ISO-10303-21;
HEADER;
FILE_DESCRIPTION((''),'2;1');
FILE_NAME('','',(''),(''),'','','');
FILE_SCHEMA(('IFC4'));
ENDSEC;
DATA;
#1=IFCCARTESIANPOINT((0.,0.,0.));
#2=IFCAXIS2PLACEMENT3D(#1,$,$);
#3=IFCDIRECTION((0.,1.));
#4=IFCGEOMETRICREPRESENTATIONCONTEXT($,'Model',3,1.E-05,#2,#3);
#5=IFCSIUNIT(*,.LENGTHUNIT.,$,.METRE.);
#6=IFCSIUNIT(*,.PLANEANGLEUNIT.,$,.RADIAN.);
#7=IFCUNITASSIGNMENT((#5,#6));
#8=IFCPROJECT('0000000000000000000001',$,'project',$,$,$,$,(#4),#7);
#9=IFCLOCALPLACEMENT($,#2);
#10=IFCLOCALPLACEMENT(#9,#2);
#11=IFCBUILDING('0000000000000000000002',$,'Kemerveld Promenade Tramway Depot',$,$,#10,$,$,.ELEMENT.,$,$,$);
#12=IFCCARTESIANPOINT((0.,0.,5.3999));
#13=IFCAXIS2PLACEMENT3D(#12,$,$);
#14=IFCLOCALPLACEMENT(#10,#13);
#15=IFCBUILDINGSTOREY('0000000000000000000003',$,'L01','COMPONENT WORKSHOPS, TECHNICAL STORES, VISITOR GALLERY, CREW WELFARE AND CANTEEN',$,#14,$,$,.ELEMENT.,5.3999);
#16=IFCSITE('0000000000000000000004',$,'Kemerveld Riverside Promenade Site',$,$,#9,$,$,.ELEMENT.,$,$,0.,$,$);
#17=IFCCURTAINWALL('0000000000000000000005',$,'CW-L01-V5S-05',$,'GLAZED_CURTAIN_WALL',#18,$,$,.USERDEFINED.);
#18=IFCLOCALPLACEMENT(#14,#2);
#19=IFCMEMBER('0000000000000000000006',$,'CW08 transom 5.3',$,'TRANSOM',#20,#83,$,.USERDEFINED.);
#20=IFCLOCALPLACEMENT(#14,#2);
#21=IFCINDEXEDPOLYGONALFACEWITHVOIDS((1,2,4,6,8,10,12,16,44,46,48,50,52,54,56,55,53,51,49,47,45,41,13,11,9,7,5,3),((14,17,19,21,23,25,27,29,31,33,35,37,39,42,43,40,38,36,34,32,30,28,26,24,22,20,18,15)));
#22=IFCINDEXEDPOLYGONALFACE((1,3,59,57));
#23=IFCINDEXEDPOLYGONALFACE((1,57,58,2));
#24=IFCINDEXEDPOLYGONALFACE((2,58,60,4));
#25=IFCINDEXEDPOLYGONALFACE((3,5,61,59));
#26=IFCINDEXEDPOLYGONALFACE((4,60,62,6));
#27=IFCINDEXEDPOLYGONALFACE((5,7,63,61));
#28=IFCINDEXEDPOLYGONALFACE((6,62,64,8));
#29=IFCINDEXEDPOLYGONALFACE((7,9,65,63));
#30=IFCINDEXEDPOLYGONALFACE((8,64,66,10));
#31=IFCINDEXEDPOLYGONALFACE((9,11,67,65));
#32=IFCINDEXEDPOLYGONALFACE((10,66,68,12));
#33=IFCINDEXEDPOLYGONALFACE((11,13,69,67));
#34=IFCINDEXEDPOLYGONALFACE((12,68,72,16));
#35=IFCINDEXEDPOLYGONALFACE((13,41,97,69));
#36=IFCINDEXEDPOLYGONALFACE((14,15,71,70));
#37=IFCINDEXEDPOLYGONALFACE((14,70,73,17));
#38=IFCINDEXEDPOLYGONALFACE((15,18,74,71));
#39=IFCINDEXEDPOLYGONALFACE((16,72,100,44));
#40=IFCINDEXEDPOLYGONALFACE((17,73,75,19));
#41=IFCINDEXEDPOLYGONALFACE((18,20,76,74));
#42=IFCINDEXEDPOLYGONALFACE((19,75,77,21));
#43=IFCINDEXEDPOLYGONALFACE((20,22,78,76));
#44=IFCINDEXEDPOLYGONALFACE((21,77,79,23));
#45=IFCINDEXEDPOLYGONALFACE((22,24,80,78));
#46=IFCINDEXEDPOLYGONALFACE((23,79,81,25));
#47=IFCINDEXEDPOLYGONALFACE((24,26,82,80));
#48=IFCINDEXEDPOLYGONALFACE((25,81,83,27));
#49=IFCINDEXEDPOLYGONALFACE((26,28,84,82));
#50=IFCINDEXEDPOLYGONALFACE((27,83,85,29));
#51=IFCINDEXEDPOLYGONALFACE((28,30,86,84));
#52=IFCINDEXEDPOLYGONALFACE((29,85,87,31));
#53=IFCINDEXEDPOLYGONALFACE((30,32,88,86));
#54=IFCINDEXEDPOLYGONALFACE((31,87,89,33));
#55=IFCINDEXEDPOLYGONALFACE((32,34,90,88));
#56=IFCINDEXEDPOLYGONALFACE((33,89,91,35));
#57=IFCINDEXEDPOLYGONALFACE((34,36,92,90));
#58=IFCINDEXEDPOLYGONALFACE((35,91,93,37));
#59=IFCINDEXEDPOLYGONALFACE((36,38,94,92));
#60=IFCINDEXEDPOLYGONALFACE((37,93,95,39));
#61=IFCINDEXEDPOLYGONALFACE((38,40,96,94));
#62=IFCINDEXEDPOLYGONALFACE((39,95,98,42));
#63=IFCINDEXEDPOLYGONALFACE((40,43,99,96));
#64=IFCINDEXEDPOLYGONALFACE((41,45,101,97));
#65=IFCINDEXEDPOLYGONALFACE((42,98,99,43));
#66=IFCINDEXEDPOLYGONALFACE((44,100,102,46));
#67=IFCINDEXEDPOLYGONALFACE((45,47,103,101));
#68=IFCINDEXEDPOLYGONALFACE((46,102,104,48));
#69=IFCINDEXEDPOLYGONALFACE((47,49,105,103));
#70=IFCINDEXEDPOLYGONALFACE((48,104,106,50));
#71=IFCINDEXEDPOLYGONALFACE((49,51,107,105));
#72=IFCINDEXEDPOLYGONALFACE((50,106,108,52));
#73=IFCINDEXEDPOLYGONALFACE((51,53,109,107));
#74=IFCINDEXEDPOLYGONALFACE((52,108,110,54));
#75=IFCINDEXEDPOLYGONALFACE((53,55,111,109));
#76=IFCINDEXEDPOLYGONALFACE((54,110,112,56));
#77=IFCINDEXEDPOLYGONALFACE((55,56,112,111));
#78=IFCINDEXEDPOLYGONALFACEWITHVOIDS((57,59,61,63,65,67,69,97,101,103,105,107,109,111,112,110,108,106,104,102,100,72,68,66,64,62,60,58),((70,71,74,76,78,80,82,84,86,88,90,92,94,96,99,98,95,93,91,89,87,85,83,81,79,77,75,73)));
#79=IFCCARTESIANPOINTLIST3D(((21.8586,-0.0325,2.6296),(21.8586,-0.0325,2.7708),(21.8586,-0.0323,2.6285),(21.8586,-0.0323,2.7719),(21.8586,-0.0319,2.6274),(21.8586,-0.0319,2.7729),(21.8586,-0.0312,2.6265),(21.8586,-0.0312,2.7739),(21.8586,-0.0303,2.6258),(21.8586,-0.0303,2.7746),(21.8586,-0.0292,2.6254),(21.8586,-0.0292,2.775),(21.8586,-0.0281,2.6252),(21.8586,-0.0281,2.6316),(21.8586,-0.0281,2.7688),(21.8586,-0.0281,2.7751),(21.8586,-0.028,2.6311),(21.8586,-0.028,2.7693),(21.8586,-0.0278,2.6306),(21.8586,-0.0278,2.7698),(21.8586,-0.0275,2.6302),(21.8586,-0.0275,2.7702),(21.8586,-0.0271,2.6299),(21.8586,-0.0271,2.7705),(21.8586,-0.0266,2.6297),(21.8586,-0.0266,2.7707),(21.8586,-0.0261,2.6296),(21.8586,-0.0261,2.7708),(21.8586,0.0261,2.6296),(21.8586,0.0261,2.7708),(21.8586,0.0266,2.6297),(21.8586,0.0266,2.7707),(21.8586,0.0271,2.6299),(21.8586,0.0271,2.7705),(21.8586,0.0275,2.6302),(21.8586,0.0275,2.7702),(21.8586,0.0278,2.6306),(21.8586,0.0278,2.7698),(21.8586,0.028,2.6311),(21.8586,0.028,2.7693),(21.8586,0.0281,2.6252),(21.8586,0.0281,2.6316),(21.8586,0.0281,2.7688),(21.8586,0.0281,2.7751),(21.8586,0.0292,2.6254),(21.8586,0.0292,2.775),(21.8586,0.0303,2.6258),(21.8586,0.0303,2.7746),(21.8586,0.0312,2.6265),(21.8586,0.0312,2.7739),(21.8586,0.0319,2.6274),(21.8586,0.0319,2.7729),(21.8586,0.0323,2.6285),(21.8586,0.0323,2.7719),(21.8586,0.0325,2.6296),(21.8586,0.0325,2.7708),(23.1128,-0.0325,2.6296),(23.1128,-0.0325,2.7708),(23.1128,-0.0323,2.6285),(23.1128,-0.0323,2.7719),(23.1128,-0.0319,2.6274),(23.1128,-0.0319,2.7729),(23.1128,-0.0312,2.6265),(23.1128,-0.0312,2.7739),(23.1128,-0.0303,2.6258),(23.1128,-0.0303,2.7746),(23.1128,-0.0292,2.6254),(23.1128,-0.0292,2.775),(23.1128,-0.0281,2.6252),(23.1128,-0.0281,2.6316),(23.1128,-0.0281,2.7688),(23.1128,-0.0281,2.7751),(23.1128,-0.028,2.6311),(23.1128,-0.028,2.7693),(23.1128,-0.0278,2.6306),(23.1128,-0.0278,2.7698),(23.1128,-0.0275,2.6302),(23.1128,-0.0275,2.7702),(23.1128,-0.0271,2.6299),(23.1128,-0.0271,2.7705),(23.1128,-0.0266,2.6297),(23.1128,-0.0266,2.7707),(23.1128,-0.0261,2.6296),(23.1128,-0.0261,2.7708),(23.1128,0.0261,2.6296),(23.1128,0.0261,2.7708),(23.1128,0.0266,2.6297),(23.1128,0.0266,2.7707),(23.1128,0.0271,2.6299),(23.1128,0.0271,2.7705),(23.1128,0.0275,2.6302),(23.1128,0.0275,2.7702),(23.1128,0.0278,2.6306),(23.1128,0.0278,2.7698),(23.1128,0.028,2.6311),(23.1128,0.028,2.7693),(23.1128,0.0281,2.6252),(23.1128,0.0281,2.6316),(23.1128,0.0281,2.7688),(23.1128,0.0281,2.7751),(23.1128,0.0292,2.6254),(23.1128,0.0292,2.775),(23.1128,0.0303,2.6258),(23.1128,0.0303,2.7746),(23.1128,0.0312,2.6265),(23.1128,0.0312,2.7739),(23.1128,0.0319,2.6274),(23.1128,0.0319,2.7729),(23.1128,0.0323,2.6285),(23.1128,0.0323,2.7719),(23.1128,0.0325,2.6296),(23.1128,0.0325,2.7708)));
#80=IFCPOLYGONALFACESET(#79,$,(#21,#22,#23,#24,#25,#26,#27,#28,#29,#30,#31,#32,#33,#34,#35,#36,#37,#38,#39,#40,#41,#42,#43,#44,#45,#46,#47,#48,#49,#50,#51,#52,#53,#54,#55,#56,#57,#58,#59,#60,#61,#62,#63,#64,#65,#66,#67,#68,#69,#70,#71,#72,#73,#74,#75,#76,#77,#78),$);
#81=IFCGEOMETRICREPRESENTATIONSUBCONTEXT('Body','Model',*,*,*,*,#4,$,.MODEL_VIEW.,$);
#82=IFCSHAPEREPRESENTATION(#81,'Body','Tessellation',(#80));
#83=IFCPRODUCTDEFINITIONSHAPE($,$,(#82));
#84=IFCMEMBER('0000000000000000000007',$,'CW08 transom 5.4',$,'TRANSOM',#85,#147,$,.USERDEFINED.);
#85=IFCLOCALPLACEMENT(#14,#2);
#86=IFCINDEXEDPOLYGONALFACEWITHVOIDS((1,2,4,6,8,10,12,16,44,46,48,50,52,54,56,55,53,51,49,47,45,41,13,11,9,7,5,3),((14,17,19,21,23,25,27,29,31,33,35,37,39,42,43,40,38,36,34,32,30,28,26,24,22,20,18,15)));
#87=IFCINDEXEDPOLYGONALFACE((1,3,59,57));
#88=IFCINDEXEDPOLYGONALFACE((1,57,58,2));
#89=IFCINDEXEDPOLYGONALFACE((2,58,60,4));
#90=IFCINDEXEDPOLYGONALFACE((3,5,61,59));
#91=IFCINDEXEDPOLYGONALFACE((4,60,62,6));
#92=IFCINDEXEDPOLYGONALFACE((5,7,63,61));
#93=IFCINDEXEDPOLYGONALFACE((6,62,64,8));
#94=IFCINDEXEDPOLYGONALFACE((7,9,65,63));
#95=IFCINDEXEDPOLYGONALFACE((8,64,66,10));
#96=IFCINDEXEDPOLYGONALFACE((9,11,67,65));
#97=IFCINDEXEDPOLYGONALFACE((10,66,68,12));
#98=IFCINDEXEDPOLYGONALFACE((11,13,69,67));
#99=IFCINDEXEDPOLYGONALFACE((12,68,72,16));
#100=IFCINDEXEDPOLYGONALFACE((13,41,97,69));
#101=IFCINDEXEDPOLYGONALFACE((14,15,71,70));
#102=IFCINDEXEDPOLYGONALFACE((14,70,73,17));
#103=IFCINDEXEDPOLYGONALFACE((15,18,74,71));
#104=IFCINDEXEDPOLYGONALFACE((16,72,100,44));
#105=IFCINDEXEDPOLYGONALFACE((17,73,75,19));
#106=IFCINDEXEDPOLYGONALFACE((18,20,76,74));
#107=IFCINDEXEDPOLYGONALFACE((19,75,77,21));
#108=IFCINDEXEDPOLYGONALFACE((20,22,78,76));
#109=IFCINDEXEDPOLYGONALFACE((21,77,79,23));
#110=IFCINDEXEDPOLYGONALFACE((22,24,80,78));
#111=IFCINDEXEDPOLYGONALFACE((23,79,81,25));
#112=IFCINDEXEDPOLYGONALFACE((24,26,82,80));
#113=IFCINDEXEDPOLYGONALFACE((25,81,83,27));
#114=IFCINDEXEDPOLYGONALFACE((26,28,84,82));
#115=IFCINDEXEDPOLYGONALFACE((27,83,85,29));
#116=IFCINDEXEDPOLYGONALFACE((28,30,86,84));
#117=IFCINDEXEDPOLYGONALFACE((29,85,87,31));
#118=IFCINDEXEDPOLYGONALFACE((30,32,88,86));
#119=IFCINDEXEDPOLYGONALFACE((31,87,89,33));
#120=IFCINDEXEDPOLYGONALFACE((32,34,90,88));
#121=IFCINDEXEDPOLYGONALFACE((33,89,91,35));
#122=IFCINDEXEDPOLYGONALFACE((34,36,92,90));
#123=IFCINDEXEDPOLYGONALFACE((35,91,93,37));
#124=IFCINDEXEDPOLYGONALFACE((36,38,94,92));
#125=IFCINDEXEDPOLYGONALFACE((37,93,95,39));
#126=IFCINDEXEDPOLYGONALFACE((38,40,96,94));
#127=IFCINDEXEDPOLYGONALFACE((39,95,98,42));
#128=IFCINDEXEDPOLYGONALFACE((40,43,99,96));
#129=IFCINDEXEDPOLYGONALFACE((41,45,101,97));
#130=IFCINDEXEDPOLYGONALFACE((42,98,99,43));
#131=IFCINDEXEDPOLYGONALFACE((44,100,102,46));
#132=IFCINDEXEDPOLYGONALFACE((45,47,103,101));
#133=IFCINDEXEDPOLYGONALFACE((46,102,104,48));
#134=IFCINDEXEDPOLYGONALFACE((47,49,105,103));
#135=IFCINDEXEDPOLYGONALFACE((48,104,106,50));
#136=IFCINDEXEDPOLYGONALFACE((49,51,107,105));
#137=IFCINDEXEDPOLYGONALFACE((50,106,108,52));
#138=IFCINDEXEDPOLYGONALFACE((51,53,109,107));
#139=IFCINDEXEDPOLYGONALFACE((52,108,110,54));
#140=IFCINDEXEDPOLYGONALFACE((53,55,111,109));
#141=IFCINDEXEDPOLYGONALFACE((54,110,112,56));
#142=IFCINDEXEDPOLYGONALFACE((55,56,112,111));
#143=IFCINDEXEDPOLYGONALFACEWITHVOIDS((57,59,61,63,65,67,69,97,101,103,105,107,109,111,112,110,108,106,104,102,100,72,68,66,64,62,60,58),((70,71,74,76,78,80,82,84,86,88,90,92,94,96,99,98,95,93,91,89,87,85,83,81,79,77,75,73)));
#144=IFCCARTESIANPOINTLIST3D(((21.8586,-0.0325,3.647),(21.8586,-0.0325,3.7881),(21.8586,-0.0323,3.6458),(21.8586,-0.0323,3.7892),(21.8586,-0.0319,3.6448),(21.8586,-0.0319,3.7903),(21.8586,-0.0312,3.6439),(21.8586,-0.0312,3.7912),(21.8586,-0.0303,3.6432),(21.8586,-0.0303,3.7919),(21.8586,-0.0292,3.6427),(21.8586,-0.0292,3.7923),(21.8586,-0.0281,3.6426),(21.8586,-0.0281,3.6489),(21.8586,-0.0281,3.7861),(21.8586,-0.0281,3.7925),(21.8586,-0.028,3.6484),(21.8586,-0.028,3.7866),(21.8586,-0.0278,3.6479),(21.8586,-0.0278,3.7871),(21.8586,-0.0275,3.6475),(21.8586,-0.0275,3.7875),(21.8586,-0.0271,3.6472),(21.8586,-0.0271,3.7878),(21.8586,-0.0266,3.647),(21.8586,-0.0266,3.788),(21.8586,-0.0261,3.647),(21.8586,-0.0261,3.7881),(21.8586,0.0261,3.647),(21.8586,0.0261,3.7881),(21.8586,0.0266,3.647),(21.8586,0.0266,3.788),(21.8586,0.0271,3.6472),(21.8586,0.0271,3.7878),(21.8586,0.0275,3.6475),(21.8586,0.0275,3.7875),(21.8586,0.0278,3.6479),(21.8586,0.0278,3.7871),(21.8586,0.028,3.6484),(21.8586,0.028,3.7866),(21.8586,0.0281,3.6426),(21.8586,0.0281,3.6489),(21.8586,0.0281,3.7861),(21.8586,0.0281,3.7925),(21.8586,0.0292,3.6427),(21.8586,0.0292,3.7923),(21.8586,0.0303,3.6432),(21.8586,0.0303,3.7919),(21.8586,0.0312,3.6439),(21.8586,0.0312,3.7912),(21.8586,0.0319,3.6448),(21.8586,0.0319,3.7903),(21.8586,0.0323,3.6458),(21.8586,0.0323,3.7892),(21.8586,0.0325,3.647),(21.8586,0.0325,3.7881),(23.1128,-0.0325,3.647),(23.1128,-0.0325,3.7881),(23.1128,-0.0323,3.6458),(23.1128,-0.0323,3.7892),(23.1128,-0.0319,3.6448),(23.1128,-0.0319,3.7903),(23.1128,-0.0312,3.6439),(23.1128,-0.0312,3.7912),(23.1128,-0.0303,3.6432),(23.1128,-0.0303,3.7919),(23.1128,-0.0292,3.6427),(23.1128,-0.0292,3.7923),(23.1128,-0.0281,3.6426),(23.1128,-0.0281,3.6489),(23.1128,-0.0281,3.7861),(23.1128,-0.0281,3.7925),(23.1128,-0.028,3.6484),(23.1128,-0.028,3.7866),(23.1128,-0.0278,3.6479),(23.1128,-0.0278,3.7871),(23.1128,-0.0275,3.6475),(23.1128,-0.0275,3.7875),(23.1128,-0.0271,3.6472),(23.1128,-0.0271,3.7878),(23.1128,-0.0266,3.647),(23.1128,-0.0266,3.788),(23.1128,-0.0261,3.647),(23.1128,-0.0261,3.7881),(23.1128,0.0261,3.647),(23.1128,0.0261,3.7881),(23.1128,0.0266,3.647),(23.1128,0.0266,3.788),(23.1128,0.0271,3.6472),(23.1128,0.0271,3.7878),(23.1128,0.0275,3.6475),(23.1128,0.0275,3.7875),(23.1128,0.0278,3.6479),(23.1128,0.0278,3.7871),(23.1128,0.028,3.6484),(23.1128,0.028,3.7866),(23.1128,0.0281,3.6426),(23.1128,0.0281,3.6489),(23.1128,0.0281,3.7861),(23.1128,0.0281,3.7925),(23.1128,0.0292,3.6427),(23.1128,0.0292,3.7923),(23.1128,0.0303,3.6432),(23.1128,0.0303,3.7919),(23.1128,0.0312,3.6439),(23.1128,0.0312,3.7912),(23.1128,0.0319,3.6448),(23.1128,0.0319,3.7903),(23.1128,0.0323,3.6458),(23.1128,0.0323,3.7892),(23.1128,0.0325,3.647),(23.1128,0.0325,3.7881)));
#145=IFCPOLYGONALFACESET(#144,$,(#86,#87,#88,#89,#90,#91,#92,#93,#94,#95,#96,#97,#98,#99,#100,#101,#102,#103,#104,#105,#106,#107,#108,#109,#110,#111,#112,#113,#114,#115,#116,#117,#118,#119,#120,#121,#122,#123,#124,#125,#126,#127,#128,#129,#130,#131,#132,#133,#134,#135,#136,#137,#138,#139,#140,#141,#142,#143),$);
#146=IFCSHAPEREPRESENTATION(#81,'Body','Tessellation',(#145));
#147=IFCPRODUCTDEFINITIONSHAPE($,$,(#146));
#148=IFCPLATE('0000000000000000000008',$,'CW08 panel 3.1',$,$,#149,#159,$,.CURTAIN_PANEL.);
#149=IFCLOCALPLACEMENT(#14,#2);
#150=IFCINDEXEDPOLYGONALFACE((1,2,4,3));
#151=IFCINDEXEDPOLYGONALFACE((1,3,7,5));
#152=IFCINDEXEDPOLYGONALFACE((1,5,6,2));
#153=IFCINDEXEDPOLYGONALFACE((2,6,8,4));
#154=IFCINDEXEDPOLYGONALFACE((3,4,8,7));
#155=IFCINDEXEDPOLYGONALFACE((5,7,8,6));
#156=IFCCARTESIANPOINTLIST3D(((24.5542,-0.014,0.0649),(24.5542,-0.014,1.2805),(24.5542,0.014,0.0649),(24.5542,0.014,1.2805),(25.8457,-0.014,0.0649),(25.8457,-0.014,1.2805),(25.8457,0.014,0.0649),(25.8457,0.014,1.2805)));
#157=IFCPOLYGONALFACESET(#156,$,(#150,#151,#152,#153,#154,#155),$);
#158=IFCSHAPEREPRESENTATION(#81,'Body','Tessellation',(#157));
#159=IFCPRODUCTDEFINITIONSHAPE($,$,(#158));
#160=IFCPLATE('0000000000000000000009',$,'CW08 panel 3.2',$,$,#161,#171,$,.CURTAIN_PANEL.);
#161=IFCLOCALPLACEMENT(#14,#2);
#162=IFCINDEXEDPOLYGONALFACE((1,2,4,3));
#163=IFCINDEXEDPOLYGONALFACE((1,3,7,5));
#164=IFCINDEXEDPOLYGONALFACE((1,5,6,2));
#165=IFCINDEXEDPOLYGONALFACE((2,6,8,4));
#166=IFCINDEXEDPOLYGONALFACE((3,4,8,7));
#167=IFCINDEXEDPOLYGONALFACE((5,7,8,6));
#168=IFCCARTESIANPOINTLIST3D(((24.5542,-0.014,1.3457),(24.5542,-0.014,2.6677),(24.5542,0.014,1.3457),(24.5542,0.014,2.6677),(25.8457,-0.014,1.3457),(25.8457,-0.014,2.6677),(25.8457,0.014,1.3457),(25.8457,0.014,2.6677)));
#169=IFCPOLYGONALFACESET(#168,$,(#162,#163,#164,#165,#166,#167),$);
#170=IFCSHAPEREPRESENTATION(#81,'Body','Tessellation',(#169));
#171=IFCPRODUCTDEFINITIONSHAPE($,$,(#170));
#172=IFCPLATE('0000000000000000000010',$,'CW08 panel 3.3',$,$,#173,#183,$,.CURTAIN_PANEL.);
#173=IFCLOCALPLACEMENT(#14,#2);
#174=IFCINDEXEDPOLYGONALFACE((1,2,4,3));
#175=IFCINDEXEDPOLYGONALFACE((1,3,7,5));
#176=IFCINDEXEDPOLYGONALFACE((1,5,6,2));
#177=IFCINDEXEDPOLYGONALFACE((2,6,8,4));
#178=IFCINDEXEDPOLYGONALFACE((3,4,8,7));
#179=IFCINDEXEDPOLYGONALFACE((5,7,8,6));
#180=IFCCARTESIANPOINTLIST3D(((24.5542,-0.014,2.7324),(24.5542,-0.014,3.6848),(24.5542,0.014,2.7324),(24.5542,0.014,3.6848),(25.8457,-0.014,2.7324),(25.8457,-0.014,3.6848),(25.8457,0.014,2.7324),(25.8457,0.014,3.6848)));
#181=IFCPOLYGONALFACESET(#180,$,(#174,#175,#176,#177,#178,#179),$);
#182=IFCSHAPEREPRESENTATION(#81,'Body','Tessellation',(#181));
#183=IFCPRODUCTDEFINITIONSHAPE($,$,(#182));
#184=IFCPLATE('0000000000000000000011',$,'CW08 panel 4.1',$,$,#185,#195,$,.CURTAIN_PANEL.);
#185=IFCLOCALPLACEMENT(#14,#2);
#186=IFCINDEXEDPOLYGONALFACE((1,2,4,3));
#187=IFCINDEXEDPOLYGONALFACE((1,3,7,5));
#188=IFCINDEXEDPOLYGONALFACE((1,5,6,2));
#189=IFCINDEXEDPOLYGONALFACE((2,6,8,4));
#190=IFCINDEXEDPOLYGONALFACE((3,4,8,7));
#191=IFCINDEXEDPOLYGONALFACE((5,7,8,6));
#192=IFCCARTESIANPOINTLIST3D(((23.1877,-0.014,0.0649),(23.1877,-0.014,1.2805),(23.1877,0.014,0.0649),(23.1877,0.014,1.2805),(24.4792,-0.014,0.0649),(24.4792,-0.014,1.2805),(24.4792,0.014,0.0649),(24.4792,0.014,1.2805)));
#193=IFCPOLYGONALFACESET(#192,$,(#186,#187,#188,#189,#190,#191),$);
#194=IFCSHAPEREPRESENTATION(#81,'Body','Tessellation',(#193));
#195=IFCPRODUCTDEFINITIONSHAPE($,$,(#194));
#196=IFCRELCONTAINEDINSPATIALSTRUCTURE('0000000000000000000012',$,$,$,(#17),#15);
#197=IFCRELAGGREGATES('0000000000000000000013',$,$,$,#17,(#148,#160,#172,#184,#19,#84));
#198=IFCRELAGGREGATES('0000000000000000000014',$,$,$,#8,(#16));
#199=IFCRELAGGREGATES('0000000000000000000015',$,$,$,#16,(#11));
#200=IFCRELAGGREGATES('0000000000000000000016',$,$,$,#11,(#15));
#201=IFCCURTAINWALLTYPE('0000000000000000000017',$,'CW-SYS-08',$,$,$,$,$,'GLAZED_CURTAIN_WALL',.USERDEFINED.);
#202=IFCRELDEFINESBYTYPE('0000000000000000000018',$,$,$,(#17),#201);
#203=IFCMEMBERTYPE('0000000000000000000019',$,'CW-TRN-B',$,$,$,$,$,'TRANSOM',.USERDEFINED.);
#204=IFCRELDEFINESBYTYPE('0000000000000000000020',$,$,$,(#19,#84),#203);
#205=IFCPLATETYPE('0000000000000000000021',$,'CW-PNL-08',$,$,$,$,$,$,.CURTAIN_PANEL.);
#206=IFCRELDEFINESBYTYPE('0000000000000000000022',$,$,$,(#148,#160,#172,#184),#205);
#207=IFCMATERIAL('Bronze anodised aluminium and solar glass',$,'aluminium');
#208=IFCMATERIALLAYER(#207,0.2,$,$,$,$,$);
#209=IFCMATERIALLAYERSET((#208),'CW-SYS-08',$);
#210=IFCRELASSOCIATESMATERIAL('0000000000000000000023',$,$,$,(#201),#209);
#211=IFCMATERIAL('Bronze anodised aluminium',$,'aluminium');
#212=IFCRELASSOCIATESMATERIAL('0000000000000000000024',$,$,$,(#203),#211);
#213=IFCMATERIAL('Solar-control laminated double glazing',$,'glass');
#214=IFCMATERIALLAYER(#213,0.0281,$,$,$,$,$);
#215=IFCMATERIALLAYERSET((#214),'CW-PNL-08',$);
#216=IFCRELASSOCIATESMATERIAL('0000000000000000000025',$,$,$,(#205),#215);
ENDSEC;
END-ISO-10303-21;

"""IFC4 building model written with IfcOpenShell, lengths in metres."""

from ifc_helpers import new_model, si_unit, direction, frame, origin, origin_2d, place, context, subcontext, project, spatial, rectangle, hollow_rectangle, extrude, material, layer, layer_set, material_profile, profile_set, type_object, element, aggregate, save


model = new_model("IFC4")

# Units and contexts
model_context = context("Model", 3, precision=1e-05, world=origin(), true_north=direction((0.0, 1.0)))
body_context = subcontext(model_context, "Body", "Model", "MODEL_VIEW")
ifc_project = project(units=[si_unit("LENGTHUNIT", "METRE"), si_unit("PLANEANGLEUNIT", "RADIAN")], contexts=[model_context])

# Site, building, storey
site_placement = place(None, origin())
site = spatial("IfcSite", under=ifc_project, at=site_placement, Name="Kemerveld Riverside Promenade Site", CompositionType="ELEMENT", RefElevation=0.0)
building_placement = place(site_placement, origin())
building = spatial("IfcBuilding", under=site, at=building_placement, Name="Kemerveld Promenade Tramway Depot", CompositionType="ELEMENT")
storey_placement = place(building_placement, frame((0.0, 0.0, 5.3999)))
storey = spatial("IfcBuildingStorey", under=building, at=storey_placement, Name="L01", Description="COMPONENT WORKSHOPS, TECHNICAL STORES, VISITOR GALLERY, CREW WELFARE AND CANTEEN", CompositionType="ELEMENT", Elevation=5.3999)

# Curtain wall, members, plates
ifc_material_1 = material(Name="Bronze anodised aluminium and solar glass", Category="aluminium")
ifc_layer_1 = layer(ifc_material_1, 0.2)
ifc_layer_set_1 = layer_set([ifc_layer_1], Name="CW-SYS-08")
curtain_wall_type = type_object("IfcCurtainWallType", Name="CW-SYS-08", ElementType="GLAZED_CURTAIN_WALL", PredefinedType="USERDEFINED", material=ifc_layer_set_1)
curtain_wall_placement = place(storey_placement, origin())
curtain_wall = element("IfcCurtainWall", 1, at=curtain_wall_placement, inside=storey, type_object=curtain_wall_type, Name="CW-L01-V5S-05", ObjectType="GLAZED_CURTAIN_WALL", PredefinedType="USERDEFINED")
ifc_material_2 = material(Name="Bronze anodised aluminium", Category="aluminium")
ifc_material_profile_1 = material_profile(ifc_material_2, hollow_rectangle(XDim=0.0649, YDim=0.1499, WallThickness=0.0044, InnerFilletRadius=0.002, OuterFilletRadius=0.0044, at=origin_2d()), Name="CW-TRN-150x65")
ifc_profile_set_1 = profile_set([ifc_material_profile_1], Name="Bronze anodised aluminium")
member_type_1 = type_object("IfcMemberType", Name="CW-TRN-B", ElementType="TRANSOM", PredefinedType="USERDEFINED", material=ifc_profile_set_1)
member_1_placement = place(storey_placement, frame((23.1128, 0.0, 2.7002), z_axis=(-1.0, 0.0, 0.0), x_axis=(0.0, -1.0, 0.0)))
member_1 = element("IfcMember", 2, at=member_1_placement, type_object=member_type_1, Name="CW08 transom 5.3", ObjectType="TRANSOM", PredefinedType="USERDEFINED", context=body_context, shape_type="SweptSolid", body=[
    extrude(hollow_rectangle(XDim=0.0649, YDim=0.1499, WallThickness=0.0044, InnerFilletRadius=0.002, OuterFilletRadius=0.0044, at=origin_2d()), origin(), (0.0, 0.0, 1.0), 1.2542),
])
member_2_placement = place(storey_placement, frame((23.1128, 0.0, 3.7175), z_axis=(-1.0, 0.0, 0.0), x_axis=(0.0, -1.0, 0.0)))
member_2 = element("IfcMember", 3, at=member_2_placement, type_object=member_type_1, Name="CW08 transom 5.4", ObjectType="TRANSOM", PredefinedType="USERDEFINED", context=body_context, shape_type="SweptSolid", body=[
    extrude(hollow_rectangle(XDim=0.0649, YDim=0.1499, WallThickness=0.0044, InnerFilletRadius=0.002, OuterFilletRadius=0.0044, at=origin_2d()), origin(), (0.0, 0.0, 1.0), 1.2542),
])
ifc_material_3 = material(Name="Solar-control laminated double glazing", Category="glass")
ifc_layer_2 = layer(ifc_material_3, 0.0281)
ifc_layer_set_2 = layer_set([ifc_layer_2], Name="CW-PNL-08")
plate_type = type_object("IfcPlateType", Name="CW-PNL-08", PredefinedType="CURTAIN_PANEL", material=ifc_layer_set_2)
plate_1_placement = place(storey_placement, frame((25.2, 0.0, 0.0649), z_axis=(0.0, 0.0, 1.0), x_axis=(-1.0, 0.0, 0.0)))
plate_1 = element("IfcPlate", 4, at=plate_1_placement, type_object=plate_type, Name="CW08 panel 3.1", PredefinedType="CURTAIN_PANEL", context=body_context, shape_type="SweptSolid", body=[
    extrude(rectangle(XDim=1.2915, YDim=0.0281, at=origin_2d()), origin(), (0.0, 0.0, 1.0), 1.2156),
])
plate_2_placement = place(storey_placement, frame((25.2, 0.0, 1.3457), z_axis=(0.0, 0.0, 1.0), x_axis=(-1.0, 0.0, 0.0)))
plate_2 = element("IfcPlate", 5, at=plate_2_placement, type_object=plate_type, Name="CW08 panel 3.2", PredefinedType="CURTAIN_PANEL", context=body_context, shape_type="SweptSolid", body=[
    extrude(rectangle(XDim=1.2915, YDim=0.0281, at=origin_2d()), origin(), (0.0, 0.0, 1.0), 1.322),
])
plate_3_placement = place(storey_placement, frame((25.2, 0.0, 2.7324), z_axis=(0.0, 0.0, 1.0), x_axis=(-1.0, 0.0, 0.0)))
plate_3 = element("IfcPlate", 6, at=plate_3_placement, type_object=plate_type, Name="CW08 panel 3.3", PredefinedType="CURTAIN_PANEL", context=body_context, shape_type="SweptSolid", body=[
    extrude(rectangle(XDim=1.2915, YDim=0.0281, at=origin_2d()), origin(), (0.0, 0.0, 1.0), 0.9524),
])
plate_4_placement = place(storey_placement, frame((23.8335, 0.0, 0.0649), z_axis=(0.0, 0.0, 1.0), x_axis=(-1.0, 0.0, 0.0)))
plate_4 = element("IfcPlate", 7, at=plate_4_placement, type_object=plate_type, Name="CW08 panel 4.1", PredefinedType="CURTAIN_PANEL", context=body_context, shape_type="SweptSolid", body=[
    extrude(rectangle(XDim=1.2915, YDim=0.0281, at=origin_2d()), origin(), (0.0, 0.0, 1.0), 1.2156),
])
aggregate(curtain_wall, [plate_1, plate_2, plate_3, plate_4, member_1, member_2])

save(model, "model.ifc")
